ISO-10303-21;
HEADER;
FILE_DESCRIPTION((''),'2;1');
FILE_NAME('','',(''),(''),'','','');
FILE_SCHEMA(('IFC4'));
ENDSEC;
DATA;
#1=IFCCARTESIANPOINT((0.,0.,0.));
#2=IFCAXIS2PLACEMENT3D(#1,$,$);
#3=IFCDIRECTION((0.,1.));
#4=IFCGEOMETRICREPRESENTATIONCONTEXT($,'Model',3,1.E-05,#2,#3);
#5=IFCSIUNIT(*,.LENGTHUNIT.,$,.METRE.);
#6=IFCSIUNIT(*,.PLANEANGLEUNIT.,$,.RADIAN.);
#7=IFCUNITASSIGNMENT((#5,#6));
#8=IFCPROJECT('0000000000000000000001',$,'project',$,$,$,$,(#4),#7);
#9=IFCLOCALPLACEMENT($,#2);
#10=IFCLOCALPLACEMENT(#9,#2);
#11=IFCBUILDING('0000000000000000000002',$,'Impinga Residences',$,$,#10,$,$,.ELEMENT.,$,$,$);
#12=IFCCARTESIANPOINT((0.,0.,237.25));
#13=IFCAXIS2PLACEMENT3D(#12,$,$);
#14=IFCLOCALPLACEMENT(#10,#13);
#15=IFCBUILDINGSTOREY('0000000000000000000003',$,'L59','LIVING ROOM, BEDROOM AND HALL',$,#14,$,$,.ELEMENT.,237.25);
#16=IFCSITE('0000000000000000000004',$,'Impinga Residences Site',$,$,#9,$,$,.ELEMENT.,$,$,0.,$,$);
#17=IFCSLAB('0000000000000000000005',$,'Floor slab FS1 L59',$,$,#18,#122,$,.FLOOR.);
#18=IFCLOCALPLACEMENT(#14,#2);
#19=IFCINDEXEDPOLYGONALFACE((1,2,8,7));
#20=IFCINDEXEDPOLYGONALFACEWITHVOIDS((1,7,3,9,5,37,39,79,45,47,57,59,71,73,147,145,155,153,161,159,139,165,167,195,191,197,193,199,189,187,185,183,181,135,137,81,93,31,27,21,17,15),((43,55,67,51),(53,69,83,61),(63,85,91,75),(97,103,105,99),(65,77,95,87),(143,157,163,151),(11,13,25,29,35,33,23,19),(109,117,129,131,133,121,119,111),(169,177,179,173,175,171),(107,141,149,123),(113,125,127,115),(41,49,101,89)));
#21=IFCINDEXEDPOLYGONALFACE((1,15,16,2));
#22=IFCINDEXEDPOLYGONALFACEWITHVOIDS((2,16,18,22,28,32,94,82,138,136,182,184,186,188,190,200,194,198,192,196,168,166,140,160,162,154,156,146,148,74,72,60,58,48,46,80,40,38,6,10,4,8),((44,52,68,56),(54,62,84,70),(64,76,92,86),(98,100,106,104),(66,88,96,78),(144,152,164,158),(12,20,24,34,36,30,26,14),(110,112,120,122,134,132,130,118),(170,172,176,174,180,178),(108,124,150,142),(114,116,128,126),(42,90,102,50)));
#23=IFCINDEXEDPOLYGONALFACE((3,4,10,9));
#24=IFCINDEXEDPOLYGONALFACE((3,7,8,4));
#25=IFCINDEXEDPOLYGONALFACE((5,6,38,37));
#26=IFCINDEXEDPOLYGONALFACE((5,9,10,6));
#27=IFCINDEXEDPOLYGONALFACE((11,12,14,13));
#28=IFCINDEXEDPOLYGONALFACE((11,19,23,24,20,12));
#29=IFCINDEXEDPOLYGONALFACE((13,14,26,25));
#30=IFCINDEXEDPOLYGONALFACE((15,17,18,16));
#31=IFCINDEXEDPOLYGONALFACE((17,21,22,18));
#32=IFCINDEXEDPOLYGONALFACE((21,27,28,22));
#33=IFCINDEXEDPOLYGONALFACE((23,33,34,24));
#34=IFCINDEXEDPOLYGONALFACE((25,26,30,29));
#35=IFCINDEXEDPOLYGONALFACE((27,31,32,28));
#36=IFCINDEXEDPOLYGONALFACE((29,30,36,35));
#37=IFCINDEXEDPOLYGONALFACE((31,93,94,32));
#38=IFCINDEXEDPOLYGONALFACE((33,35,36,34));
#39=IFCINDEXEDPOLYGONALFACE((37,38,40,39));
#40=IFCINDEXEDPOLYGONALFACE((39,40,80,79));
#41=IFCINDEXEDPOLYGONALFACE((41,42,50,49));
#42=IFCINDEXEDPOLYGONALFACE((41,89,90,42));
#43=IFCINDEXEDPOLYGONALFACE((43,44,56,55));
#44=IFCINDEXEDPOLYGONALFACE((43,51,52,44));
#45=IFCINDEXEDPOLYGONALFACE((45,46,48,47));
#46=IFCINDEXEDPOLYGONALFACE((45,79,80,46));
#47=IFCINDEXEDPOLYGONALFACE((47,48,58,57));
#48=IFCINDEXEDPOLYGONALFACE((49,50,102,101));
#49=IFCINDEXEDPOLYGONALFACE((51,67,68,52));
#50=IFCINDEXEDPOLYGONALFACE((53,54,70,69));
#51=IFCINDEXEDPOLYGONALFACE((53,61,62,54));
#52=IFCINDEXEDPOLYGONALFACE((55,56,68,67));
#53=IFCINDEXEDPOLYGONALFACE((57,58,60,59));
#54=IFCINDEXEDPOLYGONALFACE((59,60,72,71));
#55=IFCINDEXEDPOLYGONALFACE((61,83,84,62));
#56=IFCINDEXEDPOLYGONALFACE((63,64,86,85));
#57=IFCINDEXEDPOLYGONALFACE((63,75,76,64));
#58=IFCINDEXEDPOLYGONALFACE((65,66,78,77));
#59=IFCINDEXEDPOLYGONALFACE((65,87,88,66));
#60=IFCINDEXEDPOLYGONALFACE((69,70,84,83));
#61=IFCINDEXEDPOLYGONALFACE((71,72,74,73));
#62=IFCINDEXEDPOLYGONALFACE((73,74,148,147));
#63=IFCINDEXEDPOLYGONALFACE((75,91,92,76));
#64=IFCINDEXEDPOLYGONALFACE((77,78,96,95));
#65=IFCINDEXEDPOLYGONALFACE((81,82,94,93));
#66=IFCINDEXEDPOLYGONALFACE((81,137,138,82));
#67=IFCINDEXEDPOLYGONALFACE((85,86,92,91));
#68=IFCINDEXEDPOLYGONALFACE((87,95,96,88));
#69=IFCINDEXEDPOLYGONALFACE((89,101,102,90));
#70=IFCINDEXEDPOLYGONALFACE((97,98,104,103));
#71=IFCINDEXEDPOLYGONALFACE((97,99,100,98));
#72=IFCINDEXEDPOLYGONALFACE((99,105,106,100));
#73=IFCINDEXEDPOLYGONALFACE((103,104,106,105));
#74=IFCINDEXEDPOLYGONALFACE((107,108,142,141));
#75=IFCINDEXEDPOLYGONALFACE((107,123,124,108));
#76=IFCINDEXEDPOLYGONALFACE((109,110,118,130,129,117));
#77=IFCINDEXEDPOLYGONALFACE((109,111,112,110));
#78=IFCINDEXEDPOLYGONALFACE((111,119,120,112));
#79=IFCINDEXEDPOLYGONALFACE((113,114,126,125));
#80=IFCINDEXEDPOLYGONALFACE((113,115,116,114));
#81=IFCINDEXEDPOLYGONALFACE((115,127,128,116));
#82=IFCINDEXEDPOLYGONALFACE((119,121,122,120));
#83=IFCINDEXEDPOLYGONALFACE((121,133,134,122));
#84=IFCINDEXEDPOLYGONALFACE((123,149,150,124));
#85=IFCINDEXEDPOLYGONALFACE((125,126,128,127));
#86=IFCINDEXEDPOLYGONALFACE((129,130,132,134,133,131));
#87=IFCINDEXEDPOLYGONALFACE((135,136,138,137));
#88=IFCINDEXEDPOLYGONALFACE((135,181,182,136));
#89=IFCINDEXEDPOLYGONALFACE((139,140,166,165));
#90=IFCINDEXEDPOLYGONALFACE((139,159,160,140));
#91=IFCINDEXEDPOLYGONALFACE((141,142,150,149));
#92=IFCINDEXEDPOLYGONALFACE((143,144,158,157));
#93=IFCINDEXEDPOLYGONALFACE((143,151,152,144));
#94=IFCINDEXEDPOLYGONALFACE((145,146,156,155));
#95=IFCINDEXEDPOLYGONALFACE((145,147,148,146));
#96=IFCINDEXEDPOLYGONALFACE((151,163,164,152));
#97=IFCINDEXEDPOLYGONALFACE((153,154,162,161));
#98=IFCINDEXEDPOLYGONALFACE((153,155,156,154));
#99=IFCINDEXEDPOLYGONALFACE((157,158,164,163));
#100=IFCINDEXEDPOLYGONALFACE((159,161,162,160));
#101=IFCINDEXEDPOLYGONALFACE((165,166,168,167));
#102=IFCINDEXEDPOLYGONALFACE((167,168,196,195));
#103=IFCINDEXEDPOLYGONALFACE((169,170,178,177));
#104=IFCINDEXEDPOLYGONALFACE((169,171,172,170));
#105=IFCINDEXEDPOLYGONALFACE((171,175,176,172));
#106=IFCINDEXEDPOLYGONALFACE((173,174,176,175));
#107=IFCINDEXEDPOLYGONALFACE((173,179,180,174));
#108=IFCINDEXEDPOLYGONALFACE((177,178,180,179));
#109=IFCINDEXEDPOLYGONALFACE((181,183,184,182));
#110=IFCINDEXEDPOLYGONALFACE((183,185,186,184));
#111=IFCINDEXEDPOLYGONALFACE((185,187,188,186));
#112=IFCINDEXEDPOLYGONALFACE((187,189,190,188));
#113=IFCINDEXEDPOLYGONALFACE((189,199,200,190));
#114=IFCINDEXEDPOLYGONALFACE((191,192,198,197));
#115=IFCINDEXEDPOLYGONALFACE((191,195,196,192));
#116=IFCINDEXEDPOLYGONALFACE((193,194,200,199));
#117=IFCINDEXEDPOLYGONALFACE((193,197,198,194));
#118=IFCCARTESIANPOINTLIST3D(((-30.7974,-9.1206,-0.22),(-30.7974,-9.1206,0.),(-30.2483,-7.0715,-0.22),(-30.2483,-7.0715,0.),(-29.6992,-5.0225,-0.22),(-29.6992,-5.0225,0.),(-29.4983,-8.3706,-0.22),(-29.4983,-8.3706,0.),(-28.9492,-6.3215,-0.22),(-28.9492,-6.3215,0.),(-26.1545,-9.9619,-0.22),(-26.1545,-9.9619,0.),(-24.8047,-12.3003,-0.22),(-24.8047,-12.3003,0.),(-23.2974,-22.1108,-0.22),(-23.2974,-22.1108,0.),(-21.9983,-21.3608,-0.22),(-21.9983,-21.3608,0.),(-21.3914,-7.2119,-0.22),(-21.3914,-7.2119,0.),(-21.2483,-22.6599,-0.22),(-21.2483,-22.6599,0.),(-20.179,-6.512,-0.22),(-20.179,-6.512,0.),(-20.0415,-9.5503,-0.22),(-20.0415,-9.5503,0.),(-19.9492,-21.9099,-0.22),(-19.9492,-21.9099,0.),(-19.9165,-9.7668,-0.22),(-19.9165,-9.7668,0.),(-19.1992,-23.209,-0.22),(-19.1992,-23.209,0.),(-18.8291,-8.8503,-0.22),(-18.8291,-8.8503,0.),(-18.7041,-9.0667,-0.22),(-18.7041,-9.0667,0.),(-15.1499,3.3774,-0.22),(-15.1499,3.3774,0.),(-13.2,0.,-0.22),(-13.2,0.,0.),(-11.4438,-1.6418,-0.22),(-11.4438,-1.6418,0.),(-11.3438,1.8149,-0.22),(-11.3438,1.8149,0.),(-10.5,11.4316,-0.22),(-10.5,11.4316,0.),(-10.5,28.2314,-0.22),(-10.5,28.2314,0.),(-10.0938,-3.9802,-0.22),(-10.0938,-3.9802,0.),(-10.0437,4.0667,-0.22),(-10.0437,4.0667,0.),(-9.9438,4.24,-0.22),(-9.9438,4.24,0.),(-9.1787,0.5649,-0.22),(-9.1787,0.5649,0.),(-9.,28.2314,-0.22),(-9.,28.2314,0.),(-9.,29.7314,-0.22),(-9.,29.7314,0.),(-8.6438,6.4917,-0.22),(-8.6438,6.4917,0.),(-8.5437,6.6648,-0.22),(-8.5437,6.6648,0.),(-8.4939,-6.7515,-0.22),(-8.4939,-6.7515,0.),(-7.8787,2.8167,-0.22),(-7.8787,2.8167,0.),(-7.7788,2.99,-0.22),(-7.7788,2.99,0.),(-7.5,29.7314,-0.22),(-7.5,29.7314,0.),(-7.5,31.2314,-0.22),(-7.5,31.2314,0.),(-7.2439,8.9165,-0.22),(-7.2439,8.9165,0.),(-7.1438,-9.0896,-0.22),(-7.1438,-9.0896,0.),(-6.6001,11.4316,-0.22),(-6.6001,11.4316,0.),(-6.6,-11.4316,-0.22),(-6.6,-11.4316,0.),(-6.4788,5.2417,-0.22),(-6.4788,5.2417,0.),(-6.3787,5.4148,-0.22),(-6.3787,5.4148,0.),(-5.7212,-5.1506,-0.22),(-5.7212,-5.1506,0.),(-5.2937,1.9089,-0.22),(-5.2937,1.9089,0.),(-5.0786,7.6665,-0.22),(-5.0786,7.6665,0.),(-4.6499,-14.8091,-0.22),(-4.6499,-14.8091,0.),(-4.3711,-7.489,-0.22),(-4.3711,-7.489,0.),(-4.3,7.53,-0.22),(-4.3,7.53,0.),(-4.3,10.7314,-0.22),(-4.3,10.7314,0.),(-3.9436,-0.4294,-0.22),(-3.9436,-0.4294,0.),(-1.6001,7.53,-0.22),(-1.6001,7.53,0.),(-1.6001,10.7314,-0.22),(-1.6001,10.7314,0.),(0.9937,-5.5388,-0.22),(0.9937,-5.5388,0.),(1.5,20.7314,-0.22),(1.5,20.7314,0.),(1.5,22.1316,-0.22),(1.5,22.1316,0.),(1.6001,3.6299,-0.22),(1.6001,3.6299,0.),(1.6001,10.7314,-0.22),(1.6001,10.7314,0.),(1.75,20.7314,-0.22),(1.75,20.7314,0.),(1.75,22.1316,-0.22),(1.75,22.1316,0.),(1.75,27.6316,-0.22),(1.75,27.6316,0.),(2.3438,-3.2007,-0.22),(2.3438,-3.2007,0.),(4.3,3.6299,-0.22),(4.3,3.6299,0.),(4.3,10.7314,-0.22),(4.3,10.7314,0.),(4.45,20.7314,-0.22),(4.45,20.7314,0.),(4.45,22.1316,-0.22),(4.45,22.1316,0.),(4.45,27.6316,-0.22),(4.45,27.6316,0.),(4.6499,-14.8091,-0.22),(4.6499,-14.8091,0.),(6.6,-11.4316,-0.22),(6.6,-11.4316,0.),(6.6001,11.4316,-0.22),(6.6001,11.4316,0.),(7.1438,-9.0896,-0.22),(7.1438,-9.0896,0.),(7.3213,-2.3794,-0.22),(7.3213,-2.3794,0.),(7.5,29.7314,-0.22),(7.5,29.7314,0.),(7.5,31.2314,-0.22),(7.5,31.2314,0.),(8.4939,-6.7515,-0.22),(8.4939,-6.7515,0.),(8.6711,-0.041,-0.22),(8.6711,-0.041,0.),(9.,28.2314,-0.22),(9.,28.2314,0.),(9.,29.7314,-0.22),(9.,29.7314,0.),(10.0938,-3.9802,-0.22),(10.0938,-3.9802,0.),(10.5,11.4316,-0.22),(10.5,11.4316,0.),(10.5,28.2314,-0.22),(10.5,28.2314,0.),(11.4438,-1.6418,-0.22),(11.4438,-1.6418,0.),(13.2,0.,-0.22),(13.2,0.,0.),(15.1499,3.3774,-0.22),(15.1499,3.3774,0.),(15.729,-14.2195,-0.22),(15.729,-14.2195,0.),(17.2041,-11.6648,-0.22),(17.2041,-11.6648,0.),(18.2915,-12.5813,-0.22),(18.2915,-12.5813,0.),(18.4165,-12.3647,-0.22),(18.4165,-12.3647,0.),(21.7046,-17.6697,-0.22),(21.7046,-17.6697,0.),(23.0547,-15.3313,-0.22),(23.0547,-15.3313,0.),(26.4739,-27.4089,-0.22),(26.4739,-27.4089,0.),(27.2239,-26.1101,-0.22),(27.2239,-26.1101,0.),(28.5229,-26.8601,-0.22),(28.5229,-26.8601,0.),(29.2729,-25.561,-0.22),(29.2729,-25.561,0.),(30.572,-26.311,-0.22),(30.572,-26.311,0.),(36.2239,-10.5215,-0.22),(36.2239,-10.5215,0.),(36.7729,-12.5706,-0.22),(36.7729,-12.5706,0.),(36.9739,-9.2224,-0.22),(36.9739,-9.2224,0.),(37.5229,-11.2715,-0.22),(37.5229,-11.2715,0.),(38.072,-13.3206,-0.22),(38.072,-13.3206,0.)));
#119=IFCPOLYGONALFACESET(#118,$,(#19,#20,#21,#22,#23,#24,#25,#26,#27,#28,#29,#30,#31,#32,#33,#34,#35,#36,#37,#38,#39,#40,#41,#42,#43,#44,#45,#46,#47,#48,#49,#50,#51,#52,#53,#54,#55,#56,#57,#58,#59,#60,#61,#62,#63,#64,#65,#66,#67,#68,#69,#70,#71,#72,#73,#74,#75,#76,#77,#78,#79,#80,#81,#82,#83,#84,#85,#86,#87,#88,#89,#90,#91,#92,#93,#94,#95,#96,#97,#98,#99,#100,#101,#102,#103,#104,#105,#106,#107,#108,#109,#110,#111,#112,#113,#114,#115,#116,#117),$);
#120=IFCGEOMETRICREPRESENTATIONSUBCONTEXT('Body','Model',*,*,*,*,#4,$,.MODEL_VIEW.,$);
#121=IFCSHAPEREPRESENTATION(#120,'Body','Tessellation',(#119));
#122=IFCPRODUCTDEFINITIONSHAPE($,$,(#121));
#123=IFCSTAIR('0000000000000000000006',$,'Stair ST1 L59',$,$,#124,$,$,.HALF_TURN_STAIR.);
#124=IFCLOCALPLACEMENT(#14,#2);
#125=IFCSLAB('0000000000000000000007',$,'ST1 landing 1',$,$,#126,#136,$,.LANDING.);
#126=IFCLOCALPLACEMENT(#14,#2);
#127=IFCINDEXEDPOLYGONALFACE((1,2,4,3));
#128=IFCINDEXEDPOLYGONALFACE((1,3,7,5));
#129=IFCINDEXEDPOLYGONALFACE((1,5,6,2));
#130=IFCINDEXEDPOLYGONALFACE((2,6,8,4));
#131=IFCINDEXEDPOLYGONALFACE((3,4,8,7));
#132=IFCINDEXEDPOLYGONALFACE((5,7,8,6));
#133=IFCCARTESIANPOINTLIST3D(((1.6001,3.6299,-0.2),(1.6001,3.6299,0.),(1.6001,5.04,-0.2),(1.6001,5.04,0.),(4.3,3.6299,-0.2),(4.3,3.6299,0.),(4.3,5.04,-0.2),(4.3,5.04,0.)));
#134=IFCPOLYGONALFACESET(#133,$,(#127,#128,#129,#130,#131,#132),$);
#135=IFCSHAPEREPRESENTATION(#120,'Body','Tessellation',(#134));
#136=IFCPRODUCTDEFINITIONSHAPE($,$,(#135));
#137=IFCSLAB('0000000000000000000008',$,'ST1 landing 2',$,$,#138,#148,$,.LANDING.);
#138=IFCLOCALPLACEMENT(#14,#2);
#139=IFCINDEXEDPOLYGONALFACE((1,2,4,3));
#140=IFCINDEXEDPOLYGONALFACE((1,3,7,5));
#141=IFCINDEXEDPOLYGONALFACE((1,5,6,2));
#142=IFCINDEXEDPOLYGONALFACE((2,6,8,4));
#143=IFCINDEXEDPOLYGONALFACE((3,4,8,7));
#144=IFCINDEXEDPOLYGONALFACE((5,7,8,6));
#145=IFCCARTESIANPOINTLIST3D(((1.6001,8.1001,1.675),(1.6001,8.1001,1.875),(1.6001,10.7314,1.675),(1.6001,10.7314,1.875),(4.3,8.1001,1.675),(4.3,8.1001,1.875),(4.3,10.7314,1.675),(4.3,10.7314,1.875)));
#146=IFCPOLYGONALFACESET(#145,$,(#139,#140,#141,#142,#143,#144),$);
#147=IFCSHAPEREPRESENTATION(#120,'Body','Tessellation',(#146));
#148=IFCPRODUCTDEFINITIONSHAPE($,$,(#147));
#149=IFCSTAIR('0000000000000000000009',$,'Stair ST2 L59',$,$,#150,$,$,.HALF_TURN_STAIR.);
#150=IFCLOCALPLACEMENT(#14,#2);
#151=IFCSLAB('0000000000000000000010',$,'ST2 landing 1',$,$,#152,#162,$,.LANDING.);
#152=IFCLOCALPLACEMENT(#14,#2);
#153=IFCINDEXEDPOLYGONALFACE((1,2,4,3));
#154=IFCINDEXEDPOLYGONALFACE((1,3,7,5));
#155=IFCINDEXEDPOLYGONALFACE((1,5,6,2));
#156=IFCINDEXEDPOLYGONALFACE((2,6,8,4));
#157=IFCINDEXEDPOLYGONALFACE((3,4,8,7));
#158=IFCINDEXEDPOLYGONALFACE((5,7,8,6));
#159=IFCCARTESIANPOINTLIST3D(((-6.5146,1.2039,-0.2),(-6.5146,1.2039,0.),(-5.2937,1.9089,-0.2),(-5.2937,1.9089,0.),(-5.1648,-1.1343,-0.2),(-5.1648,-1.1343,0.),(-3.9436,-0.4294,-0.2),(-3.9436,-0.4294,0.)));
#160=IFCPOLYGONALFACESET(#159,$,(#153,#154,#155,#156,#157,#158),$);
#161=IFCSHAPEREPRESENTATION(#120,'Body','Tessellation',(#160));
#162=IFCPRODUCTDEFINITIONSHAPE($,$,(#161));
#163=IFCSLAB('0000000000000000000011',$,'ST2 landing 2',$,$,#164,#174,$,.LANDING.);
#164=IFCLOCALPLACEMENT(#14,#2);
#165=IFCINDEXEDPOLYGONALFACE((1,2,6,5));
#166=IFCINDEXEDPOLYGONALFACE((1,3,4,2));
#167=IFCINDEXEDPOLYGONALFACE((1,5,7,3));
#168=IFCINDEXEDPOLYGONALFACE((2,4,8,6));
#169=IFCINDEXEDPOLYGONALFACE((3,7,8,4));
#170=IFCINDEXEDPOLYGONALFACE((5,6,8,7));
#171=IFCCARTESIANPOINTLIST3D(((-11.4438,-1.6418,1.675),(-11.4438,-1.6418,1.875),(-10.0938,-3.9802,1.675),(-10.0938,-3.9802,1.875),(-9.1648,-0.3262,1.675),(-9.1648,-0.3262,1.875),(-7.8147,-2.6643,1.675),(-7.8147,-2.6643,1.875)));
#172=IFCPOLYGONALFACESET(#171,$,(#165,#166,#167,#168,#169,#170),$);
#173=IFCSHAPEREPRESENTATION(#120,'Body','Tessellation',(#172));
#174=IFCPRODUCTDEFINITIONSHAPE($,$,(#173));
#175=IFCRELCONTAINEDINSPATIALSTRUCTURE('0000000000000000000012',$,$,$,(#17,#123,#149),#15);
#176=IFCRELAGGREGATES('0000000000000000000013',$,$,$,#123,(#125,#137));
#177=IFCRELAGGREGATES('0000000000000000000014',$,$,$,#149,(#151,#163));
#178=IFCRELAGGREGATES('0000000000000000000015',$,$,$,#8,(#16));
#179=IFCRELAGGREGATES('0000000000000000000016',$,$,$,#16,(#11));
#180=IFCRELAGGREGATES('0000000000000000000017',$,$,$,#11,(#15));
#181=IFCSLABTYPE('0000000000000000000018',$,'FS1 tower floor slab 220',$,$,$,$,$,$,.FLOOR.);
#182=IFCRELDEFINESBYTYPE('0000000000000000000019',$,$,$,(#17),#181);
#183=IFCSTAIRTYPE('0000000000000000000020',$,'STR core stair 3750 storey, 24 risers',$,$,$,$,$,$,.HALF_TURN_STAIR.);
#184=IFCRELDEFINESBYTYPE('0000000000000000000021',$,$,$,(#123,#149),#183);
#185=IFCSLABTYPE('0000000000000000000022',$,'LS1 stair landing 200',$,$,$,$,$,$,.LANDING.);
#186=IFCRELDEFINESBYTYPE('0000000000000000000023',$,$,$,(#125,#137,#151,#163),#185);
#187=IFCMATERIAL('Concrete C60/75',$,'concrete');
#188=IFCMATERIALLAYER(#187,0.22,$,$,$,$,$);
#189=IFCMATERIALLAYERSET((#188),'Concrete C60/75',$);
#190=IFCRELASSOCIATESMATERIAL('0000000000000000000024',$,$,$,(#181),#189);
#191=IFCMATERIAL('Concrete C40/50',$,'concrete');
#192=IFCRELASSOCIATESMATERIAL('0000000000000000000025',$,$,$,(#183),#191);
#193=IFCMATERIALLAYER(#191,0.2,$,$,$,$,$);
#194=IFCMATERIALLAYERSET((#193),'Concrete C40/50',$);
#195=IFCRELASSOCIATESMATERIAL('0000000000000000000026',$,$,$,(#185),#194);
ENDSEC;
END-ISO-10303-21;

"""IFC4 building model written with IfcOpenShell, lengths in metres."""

from ifc_helpers import new_model, si_unit, direction, frame, origin, place, context, subcontext, project, spatial, polyline, outline, extrude, material, layer, layer_set, type_object, element, aggregate, save


model = new_model("IFC4")

# Units and contexts
model_context = context("Model", 3, precision=1e-05, world=origin(), true_north=direction((0.0, 1.0)))
body_context = subcontext(model_context, "Body", "Model", "MODEL_VIEW")
ifc_project = project(units=[si_unit("LENGTHUNIT", "METRE"), si_unit("PLANEANGLEUNIT", "RADIAN")], contexts=[model_context])

# Site, building, storey
site_placement = place(None, origin())
site = spatial("IfcSite", under=ifc_project, at=site_placement, Name="Impinga Residences Site", CompositionType="ELEMENT", RefElevation=0.0)
building_placement = place(site_placement, origin())
building = spatial("IfcBuilding", under=site, at=building_placement, Name="Impinga Residences", CompositionType="ELEMENT")
storey_placement = place(building_placement, frame((0.0, 0.0, 237.25)))
storey = spatial("IfcBuildingStorey", under=building, at=storey_placement, Name="L59", Description="LIVING ROOM, BEDROOM AND HALL", CompositionType="ELEMENT", Elevation=237.25)

# Slab
ifc_material_1 = material(Name="Concrete C60/75", Category="concrete")
ifc_layer_1 = layer(ifc_material_1, 0.22)
ifc_layer_set_1 = layer_set([ifc_layer_1], Name="Concrete C60/75")
slab_type_1 = type_object("IfcSlabType", Name="FS1 tower floor slab 220", PredefinedType="FLOOR", material=ifc_layer_set_1)
slab_1_placement = place(storey_placement, frame((0.0, 0.0, -0.22)))
element("IfcSlab", 1, at=slab_1_placement, inside=storey, type_object=slab_type_1, Name="Floor slab FS1 L59", PredefinedType="FLOOR", context=body_context, shape_type="SweptSolid", body=[
    extrude(outline(polyline([(36.2239, -10.5215), (37.5229, -11.2715), (36.7729, -12.5706), (38.072, -13.3206), (30.572, -26.311), (29.2729, -25.561), (28.5229, -26.8601), (27.2239, -26.1101), (26.4739, -27.4089), (4.6499, -14.8091), (9.9001, -5.7158), (6.6001, -11.4316), (-6.6001, -11.4316), (-9.9001, -5.7158), (-4.6499, -14.8091), (-19.1992, -23.209), (-19.9492, -21.9099), (-21.2483, -22.6599), (-21.9983, -21.3608), (-23.2974, -22.1108), (-30.7974, -9.1206), (-29.4983, -8.3706), (-30.2483, -7.0715), (-28.9492, -6.3215), (-29.6992, -5.0225), (-15.1499, 3.3774), (-13.2, 0.0), (-6.6001, 11.4316), (-10.5, 11.4316), (-10.5, 28.2314), (-9.0, 28.2314), (-9.0, 29.7314), (-7.5, 29.7314), (-7.5, 31.2314), (7.5, 31.2314), (7.5, 29.7314), (9.0, 29.7314), (9.0, 28.2314), (10.5, 28.2314), (10.5, 11.4316), (6.6001, 11.4316), (13.2, 0.0), (15.1499, 3.3774), (36.9739, -9.2224), (36.2239, -10.5215)]), holes=[polyline([(-18.7041, -9.0667), (-18.8291, -8.8503), (-18.8291, -8.8503), (-20.179, -6.512), (-21.3914, -7.2119), (-21.3914, -7.2119), (-26.1545, -9.9619), (-24.8047, -12.3003), (-20.0415, -9.5503), (-19.9165, -9.7668), (-18.7041, -9.0667)]), polyline([(-5.7212, -5.1506), (-8.4939, -6.7515), (-7.1438, -9.0896), (-4.3711, -7.489), (-5.7212, -5.1506)]), polyline([(-5.2937, 1.9089), (-11.4438, -1.6418), (-10.0938, -3.9802), (-3.9436, -0.4294), (-5.2937, 1.9089)]), polyline([(-7.8787, 2.8167), (-10.0437, 4.0667), (-11.3438, 1.8149), (-9.1787, 0.5649), (-7.8787, 2.8167)]), polyline([(-6.4788, 5.2417), (-8.6438, 6.4917), (-9.9438, 4.24), (-7.7788, 2.99), (-6.4788, 5.2417)]), polyline([(-6.3787, 5.4148), (-5.0786, 7.6665), (-7.2439, 8.9165), (-8.5437, 6.6648), (-6.3787, 5.4148)]), polyline([(-4.3, 7.53), (-1.6001, 7.53), (-1.6001, 10.7314), (-4.3, 10.7314), (-4.3, 7.53)]), polyline([(15.729, -14.2195), (21.7046, -17.6697), (23.0547, -15.3313), (18.2915, -12.5813), (18.4165, -12.3647), (17.2041, -11.6648), (15.729, -14.2195)]), polyline([(0.9937, -5.5388), (7.1438, -9.0896), (8.4939, -6.7515), (2.3438, -3.2007), (0.9937, -5.5388)]), polyline([(7.3213, -2.3794), (10.0938, -3.9802), (11.4438, -1.6418), (8.6711, -0.041), (7.3213, -2.3794)]), polyline([(4.3, 3.6299), (4.3, 10.7314), (1.6001, 10.7314), (1.6001, 3.6299), (4.3, 3.6299)]), polyline([(1.75, 22.1316), (1.5, 22.1316), (1.5, 20.7314), (1.75, 20.7314), (4.45, 20.7314), (4.45, 22.1316), (4.45, 27.6316), (1.75, 27.6316), (1.75, 22.1316)])]), origin(), (0.0, 0.0, 1.0), 0.22),
])

# Stairs, slabs
ifc_material_2 = material(Name="Concrete C40/50", Category="concrete")
stair_type_1 = type_object("IfcStairType", Name="STR core stair 3750 storey, 24 risers", PredefinedType="HALF_TURN_STAIR", material=ifc_material_2)
stair_1_placement = place(storey_placement, origin())
stair_1 = element("IfcStair", 2, at=stair_1_placement, inside=storey, type_object=stair_type_1, Name="Stair ST1 L59", PredefinedType="HALF_TURN_STAIR")
ifc_layer_2 = layer(ifc_material_2, 0.2)
ifc_layer_set_2 = layer_set([ifc_layer_2], Name="Concrete C40/50")
slab_type_2 = type_object("IfcSlabType", Name="LS1 stair landing 200", PredefinedType="LANDING", material=ifc_layer_set_2)
slab_2_placement = place(storey_placement, frame((0.0, 0.0, -0.2)))
slab_2 = element("IfcSlab", 3, at=slab_2_placement, type_object=slab_type_2, Name="ST1 landing 1", PredefinedType="LANDING", context=body_context, shape_type="SweptSolid", body=[
    extrude(outline(polyline([(1.6001, 3.6299), (4.3, 3.6299), (4.3, 5.04), (1.6001, 5.04), (1.6001, 3.6299)])), origin(), (0.0, 0.0, 1.0), 0.2),
])
slab_3_placement = place(storey_placement, frame((0.0, 0.0, 1.675)))
slab_3 = element("IfcSlab", 4, at=slab_3_placement, type_object=slab_type_2, Name="ST1 landing 2", PredefinedType="LANDING", context=body_context, shape_type="SweptSolid", body=[
    extrude(outline(polyline([(1.6001, 8.1001), (4.3, 8.1001), (4.3, 10.7314), (1.6001, 10.7314), (1.6001, 8.1001)])), origin(), (0.0, 0.0, 1.0), 0.2),
])
aggregate(stair_1, [slab_2, slab_3])
stair_2_placement = place(storey_placement, origin())
stair_2 = element("IfcStair", 5, at=stair_2_placement, inside=storey, type_object=stair_type_1, Name="Stair ST2 L59", PredefinedType="HALF_TURN_STAIR")
slab_4_placement = place(storey_placement, frame((0.0, 0.0, -0.2)))
slab_4 = element("IfcSlab", 6, at=slab_4_placement, type_object=slab_type_2, Name="ST2 landing 1", PredefinedType="LANDING", context=body_context, shape_type="SweptSolid", body=[
    extrude(outline(polyline([(-3.9436, -0.4294), (-5.2937, 1.9089), (-6.5146, 1.2039), (-5.1648, -1.1343), (-3.9436, -0.4294)])), origin(), (0.0, 0.0, 1.0), 0.2),
])
slab_5_placement = place(storey_placement, frame((0.0, 0.0, 1.675)))
slab_5 = element("IfcSlab", 7, at=slab_5_placement, type_object=slab_type_2, Name="ST2 landing 2", PredefinedType="LANDING", context=body_context, shape_type="SweptSolid", body=[
    extrude(outline(polyline([(-7.8147, -2.6643), (-9.1648, -0.3262), (-11.4438, -1.6418), (-10.0938, -3.9802), (-7.8147, -2.6643)])), origin(), (0.0, 0.0, 1.0), 0.2),
])
aggregate(stair_2, [slab_4, slab_5])

save(model, "model.ifc")
